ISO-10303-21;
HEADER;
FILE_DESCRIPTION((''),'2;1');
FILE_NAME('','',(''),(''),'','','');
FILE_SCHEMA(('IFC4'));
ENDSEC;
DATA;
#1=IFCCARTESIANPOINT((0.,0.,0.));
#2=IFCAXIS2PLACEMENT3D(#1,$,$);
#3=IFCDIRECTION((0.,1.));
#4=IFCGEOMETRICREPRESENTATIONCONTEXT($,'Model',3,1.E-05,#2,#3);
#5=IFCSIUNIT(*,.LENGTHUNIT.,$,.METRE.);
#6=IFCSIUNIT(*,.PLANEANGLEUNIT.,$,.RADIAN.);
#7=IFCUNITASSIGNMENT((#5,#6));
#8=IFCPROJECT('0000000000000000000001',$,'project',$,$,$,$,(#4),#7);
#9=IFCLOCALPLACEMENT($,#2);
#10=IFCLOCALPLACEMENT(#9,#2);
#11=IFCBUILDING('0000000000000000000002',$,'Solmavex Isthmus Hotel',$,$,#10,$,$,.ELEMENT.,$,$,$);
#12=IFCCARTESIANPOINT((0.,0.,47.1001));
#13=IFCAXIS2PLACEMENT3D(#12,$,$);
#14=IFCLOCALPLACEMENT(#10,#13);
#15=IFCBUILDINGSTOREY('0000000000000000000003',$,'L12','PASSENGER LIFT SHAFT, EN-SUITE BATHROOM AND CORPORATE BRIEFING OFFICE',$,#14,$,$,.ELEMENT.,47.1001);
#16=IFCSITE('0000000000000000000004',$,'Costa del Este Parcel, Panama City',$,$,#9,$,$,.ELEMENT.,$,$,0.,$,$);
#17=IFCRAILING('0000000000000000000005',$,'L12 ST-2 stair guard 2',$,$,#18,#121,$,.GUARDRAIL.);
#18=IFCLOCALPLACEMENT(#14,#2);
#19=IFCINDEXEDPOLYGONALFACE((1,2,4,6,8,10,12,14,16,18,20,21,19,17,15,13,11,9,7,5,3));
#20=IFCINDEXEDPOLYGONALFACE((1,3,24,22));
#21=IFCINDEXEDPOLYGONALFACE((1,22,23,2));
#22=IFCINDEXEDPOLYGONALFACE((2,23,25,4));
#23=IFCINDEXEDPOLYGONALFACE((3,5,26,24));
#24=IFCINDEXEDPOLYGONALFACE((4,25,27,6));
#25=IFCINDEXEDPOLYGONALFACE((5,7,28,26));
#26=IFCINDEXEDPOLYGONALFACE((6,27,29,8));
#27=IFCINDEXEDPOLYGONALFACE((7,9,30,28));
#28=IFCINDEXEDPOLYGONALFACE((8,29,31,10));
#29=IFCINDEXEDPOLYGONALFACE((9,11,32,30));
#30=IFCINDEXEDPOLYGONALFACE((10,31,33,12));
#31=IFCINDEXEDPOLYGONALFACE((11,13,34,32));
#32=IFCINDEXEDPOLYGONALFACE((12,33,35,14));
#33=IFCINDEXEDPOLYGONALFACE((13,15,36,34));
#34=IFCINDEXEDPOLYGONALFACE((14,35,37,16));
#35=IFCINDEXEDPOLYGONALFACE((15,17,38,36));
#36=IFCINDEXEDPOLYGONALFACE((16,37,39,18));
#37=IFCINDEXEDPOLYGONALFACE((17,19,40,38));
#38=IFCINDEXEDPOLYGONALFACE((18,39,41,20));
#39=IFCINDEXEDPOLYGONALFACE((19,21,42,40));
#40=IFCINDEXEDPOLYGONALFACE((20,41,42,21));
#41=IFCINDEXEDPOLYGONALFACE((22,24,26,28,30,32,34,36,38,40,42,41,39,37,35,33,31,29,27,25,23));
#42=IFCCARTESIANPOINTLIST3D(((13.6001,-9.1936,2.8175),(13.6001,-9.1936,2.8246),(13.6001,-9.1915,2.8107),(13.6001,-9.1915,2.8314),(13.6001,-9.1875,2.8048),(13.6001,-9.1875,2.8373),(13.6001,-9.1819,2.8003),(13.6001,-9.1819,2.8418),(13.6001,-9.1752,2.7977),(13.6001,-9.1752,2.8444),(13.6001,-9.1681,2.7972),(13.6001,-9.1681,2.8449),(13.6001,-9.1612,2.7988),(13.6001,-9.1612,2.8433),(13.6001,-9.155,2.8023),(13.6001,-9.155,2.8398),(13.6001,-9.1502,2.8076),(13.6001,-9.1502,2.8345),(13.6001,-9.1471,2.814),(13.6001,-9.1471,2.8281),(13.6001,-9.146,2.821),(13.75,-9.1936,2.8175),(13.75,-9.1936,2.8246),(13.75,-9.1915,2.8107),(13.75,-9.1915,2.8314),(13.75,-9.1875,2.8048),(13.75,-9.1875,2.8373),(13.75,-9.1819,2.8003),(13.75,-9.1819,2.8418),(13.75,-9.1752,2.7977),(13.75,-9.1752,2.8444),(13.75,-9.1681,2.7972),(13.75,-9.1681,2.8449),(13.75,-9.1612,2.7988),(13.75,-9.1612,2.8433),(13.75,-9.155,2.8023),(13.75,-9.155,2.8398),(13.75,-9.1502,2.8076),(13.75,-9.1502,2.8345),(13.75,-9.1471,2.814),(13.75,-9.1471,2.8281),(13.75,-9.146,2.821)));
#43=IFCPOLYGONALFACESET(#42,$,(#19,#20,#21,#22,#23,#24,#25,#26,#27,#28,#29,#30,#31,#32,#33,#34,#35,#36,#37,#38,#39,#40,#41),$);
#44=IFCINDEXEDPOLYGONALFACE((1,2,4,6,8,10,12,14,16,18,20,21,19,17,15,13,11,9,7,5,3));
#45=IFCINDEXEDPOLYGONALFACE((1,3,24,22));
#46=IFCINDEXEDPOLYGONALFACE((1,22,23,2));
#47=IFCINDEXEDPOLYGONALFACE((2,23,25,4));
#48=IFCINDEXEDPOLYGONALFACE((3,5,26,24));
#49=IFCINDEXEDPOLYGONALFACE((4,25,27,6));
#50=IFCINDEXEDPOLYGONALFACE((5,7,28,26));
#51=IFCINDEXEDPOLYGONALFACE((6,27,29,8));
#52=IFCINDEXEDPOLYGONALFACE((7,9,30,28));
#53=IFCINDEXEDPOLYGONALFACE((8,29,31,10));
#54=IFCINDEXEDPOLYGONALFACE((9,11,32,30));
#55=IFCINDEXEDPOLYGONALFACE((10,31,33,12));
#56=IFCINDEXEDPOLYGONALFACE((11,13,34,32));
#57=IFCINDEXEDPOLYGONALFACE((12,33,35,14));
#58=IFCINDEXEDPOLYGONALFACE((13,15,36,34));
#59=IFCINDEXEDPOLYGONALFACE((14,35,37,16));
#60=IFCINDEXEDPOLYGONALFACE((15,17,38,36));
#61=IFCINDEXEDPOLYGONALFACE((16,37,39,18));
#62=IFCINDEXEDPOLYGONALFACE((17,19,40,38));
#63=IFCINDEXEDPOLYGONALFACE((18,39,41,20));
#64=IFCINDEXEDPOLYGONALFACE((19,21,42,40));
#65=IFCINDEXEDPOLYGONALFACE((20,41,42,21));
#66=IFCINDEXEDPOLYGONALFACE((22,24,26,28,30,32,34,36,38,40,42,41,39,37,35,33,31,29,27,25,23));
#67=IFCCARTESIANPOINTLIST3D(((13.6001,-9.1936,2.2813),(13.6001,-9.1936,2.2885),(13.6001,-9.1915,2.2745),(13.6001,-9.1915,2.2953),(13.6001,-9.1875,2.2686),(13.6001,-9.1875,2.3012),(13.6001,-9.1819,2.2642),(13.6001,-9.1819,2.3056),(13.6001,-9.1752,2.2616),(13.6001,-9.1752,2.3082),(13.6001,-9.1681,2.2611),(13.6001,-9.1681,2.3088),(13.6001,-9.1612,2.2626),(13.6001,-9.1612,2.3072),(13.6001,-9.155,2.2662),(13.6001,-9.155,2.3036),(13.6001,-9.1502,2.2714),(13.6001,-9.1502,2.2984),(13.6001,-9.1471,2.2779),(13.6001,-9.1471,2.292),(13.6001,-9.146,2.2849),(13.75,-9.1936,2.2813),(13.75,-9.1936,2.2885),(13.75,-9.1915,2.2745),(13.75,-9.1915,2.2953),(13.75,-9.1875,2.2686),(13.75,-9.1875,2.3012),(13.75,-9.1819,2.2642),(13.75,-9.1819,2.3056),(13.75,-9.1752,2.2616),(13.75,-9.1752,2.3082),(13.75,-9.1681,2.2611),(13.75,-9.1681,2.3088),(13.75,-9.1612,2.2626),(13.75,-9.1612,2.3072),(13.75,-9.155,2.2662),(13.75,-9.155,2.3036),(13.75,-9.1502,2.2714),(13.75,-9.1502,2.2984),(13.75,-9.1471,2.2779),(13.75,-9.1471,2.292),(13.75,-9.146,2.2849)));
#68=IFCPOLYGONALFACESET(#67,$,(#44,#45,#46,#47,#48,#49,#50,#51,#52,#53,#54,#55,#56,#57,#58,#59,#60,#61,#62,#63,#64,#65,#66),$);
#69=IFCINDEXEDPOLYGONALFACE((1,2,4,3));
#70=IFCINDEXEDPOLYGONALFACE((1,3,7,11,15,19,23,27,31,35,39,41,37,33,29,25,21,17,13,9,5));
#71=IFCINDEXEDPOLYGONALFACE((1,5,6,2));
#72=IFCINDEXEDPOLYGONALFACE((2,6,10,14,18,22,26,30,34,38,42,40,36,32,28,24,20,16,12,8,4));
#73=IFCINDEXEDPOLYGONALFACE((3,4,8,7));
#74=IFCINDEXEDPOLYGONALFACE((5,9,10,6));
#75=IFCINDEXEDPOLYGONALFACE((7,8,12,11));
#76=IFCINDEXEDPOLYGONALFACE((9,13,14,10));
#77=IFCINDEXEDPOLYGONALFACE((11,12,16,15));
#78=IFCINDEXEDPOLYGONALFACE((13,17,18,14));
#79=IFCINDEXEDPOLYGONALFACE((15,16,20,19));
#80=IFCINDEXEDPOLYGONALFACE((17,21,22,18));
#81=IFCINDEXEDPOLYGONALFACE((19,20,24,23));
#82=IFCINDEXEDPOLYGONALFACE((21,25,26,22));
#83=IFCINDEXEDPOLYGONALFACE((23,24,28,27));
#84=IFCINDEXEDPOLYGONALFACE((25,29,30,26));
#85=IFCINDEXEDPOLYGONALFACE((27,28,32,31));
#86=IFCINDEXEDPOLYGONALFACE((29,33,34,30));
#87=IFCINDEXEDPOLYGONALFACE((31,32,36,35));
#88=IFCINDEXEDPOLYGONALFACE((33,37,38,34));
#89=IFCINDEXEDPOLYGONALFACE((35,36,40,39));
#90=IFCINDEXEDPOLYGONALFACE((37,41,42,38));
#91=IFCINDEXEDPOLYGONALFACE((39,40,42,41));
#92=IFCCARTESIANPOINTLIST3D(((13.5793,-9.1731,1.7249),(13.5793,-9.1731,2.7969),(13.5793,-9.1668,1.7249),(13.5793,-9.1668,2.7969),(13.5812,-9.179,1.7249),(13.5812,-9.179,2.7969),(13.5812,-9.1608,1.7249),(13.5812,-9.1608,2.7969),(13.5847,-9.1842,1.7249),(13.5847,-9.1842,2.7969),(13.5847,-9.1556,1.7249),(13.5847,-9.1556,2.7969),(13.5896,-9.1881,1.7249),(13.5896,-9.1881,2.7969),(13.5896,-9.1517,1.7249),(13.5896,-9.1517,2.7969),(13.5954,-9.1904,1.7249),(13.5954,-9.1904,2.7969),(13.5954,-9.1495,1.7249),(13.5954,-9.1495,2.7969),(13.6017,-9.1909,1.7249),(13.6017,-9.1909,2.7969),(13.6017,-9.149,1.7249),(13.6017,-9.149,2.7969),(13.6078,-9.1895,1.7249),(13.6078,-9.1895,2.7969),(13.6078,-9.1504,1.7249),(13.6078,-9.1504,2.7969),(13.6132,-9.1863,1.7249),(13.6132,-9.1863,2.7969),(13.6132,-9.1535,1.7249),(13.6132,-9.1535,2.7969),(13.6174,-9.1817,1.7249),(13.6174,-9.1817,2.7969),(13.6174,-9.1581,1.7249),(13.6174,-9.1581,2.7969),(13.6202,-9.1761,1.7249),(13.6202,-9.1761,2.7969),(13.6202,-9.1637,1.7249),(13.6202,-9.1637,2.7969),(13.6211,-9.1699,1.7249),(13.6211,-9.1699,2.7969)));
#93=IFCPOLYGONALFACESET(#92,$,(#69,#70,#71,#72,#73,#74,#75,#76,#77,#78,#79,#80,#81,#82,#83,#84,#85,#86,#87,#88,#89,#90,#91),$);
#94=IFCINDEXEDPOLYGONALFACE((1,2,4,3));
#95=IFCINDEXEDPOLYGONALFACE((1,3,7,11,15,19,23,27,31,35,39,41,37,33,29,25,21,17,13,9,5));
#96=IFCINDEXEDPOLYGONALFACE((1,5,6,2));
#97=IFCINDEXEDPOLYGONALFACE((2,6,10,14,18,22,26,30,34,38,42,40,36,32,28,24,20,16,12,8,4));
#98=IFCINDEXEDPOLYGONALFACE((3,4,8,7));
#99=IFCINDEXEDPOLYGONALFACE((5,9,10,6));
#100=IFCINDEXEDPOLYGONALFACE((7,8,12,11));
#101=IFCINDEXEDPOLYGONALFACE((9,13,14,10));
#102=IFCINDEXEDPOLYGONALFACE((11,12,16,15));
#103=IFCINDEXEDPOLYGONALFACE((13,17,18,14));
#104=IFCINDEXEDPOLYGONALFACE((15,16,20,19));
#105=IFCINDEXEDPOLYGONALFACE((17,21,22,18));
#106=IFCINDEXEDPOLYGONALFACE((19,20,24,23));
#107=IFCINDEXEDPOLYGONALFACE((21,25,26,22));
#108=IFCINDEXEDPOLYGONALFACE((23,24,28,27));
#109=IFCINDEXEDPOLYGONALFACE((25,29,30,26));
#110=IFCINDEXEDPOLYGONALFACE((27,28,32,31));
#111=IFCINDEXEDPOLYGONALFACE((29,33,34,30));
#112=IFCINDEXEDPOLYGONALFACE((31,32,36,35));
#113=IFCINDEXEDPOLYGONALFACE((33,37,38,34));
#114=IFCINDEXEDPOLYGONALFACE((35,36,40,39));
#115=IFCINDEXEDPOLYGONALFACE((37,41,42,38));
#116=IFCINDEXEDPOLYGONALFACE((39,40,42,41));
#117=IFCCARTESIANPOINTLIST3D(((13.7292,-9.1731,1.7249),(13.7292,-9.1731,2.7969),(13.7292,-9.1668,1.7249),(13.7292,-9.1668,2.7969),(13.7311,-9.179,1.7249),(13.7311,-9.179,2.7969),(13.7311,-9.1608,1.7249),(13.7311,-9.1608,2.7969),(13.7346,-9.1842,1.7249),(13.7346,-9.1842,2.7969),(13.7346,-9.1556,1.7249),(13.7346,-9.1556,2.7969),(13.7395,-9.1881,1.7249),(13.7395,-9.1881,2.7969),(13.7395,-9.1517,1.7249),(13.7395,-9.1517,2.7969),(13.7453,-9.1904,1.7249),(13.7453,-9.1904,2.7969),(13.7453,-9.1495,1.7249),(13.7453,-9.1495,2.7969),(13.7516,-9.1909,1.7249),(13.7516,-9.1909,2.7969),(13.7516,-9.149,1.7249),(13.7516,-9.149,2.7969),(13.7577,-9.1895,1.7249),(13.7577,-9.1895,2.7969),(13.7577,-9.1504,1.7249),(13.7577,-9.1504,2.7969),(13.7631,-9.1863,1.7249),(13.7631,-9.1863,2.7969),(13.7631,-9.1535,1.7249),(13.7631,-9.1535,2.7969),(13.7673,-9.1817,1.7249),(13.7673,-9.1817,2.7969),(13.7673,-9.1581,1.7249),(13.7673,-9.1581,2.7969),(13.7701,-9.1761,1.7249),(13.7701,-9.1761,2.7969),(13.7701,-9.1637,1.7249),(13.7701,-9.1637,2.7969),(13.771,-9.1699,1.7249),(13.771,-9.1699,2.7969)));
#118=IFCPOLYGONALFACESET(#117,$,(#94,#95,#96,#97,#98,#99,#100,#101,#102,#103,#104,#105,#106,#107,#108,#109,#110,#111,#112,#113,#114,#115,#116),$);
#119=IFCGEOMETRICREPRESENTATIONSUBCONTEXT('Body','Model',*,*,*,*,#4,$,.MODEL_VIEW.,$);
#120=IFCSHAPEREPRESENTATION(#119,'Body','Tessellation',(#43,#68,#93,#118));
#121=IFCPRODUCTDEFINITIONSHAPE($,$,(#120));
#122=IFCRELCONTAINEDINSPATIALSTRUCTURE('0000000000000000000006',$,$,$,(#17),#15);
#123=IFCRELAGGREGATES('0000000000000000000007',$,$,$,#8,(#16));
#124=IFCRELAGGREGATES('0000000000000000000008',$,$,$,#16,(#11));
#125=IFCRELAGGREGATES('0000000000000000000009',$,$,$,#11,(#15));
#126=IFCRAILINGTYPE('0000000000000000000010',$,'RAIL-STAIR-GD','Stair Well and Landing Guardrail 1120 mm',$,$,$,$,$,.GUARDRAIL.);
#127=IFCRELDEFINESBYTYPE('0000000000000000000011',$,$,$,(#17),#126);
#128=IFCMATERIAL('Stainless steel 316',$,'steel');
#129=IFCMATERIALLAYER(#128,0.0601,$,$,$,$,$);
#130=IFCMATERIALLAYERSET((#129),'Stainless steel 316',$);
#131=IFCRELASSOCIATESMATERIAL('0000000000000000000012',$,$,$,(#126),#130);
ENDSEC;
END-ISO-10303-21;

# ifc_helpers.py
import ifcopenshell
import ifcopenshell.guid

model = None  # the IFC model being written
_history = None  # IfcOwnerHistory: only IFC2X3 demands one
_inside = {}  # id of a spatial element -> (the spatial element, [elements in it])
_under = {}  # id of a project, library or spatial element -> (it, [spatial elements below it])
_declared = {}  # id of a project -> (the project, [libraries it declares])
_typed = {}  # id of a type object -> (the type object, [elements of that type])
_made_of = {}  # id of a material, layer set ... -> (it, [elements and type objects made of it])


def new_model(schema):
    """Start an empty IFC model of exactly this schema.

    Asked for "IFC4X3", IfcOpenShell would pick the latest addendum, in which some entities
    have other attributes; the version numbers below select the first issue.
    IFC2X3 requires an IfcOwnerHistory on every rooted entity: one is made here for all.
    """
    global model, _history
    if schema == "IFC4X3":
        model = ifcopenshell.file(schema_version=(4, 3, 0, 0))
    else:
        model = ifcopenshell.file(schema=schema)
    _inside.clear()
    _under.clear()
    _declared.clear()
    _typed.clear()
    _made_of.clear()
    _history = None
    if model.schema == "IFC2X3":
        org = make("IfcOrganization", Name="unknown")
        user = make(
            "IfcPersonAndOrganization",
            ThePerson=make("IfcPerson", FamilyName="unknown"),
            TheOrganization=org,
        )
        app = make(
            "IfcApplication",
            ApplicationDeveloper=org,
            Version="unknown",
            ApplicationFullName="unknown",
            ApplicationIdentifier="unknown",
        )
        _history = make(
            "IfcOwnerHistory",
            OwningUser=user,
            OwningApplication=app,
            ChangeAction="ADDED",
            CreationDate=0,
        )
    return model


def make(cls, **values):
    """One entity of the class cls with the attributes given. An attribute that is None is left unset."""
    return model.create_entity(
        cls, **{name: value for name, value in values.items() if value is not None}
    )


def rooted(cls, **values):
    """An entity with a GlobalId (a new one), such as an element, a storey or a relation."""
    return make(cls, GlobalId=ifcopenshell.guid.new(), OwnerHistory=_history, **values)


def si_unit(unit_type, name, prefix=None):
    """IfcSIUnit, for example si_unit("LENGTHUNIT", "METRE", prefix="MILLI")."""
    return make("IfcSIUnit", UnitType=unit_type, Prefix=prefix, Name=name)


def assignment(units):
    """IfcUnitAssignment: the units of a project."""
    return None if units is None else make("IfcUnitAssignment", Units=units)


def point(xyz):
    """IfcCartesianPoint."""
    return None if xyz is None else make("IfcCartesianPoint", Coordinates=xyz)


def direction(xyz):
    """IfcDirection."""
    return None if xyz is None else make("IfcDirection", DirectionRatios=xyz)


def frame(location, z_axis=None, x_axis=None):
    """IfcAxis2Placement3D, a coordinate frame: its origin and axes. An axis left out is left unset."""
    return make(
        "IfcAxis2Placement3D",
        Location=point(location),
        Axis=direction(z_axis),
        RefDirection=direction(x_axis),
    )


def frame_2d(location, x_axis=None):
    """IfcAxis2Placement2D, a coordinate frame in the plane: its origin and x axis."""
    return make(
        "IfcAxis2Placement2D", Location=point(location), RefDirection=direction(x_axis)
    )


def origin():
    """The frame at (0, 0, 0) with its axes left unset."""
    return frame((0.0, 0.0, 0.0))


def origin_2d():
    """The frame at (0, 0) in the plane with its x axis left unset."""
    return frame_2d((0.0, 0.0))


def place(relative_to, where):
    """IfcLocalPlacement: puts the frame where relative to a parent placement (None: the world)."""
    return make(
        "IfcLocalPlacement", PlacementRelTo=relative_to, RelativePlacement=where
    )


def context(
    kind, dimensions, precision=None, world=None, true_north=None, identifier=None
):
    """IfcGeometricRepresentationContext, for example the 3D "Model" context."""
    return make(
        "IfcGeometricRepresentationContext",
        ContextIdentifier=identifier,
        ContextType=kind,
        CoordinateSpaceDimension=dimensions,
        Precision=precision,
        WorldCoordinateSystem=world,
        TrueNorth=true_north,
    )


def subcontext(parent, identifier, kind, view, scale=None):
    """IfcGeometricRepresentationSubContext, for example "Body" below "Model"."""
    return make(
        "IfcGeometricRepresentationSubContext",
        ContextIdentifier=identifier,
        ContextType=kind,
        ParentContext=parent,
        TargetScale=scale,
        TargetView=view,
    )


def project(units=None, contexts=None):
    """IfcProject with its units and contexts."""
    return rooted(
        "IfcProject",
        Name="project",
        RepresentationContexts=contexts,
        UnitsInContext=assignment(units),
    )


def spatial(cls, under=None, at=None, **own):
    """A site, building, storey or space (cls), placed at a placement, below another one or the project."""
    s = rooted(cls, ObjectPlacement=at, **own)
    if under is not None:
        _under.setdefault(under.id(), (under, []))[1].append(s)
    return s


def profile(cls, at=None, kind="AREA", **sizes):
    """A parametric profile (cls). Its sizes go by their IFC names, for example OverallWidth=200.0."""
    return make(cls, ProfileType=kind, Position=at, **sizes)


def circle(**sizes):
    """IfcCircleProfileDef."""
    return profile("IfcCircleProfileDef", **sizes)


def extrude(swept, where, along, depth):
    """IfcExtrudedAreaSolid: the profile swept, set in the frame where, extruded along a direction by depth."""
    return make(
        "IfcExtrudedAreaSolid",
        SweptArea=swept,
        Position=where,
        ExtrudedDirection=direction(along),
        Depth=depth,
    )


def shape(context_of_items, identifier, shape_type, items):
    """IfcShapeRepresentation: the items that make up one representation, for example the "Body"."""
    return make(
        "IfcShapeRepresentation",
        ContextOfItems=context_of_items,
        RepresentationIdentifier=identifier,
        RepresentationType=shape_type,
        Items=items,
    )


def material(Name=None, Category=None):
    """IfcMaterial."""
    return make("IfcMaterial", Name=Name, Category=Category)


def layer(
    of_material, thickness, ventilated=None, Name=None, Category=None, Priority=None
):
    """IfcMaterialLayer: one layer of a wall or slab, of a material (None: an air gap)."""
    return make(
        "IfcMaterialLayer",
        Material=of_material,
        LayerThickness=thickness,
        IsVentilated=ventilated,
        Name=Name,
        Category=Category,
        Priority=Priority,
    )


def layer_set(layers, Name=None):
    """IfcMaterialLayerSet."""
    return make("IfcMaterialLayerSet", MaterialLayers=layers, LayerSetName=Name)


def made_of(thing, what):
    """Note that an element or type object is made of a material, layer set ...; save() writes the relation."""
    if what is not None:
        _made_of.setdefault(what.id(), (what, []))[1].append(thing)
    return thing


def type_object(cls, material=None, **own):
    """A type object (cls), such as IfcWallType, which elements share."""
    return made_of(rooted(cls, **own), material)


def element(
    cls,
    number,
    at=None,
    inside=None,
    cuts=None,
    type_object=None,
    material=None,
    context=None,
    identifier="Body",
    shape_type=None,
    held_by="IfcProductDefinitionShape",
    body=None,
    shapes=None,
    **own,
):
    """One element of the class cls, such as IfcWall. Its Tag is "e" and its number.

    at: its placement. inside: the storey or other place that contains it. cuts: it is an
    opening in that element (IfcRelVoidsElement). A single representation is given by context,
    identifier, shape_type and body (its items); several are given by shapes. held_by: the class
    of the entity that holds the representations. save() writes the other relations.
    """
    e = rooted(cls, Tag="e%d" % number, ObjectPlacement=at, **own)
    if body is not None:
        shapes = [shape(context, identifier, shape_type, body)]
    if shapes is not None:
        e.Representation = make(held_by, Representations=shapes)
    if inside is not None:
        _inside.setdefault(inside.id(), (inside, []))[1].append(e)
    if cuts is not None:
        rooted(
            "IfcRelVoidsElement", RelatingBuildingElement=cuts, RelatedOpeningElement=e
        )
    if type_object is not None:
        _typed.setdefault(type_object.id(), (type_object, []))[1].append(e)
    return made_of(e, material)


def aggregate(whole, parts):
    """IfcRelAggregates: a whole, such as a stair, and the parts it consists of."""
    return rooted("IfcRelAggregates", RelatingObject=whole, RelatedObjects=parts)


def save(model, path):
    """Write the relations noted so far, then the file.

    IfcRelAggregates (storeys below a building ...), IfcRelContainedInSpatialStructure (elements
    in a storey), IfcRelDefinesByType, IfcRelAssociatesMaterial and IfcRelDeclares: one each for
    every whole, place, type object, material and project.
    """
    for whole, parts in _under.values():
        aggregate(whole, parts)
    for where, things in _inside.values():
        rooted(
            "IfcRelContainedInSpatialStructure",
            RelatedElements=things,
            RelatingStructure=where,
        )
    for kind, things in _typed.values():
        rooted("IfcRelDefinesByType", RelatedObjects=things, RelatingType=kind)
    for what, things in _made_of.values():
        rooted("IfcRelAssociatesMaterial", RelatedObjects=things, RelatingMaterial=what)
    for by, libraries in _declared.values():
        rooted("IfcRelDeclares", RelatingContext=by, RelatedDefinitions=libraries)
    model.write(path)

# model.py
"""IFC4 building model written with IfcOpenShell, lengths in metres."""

from ifc_helpers import new_model, si_unit, direction, frame, origin, origin_2d, place, context, subcontext, project, spatial, circle, extrude, material, layer, layer_set, type_object, element, save


model = new_model("IFC4")

# Units and contexts
model_context = context("Model", 3, precision=1e-05, world=origin(), true_north=direction((0.0, 1.0)))
body_context = subcontext(model_context, "Body", "Model", "MODEL_VIEW")
ifc_project = project(units=[si_unit("LENGTHUNIT", "METRE"), si_unit("PLANEANGLEUNIT", "RADIAN")], contexts=[model_context])

# Site, building, storey
site_placement = place(None, origin())
site = spatial("IfcSite", under=ifc_project, at=site_placement, Name="Costa del Este Parcel, Panama City", CompositionType="ELEMENT", RefElevation=0.0)
building_placement = place(site_placement, origin())
building = spatial("IfcBuilding", under=site, at=building_placement, Name="Solmavex Isthmus Hotel", CompositionType="ELEMENT")
storey_placement = place(building_placement, frame((0.0, 0.0, 47.1001)))
storey = spatial("IfcBuildingStorey", under=building, at=storey_placement, Name="L12", Description="PASSENGER LIFT SHAFT, EN-SUITE BATHROOM AND CORPORATE BRIEFING OFFICE", CompositionType="ELEMENT", Elevation=47.1001)

# Railing
ifc_material_1 = material(Name="Stainless steel 316", Category="steel")
ifc_layer_1 = layer(ifc_material_1, 0.0601)
ifc_layer_set_1 = layer_set([ifc_layer_1], Name="Stainless steel 316")
railing_type_1 = type_object("IfcRailingType", Name="RAIL-STAIR-GD", Description="Stair Well and Landing Guardrail 1120 mm", PredefinedType="GUARDRAIL", material=ifc_layer_set_1)
railing_1_placement = place(storey_placement, frame((13.6001, -9.1699, 1.7249)))
element("IfcRailing", 1, at=railing_1_placement, inside=storey, type_object=railing_type_1, Name="L12 ST-2 stair guard 2", PredefinedType="GUARDRAIL", context=body_context, shape_type="SweptSolid", body=[
    extrude(circle(Radius=0.0239, at=origin_2d()), frame((0.0, 0.0, 1.0962), z_axis=(1.0, 0.0, 0.0), x_axis=(0.0, 1.0, 0.0)), (0.0, 0.0, 1.0), 0.1499),
    extrude(circle(Radius=0.0239, at=origin_2d()), frame((0.0, 0.0, 0.5601), z_axis=(1.0, 0.0, 0.0), x_axis=(0.0, 1.0, 0.0)), (0.0, 0.0, 1.0), 0.1499),
    extrude(circle(Radius=0.021, at=origin_2d()), origin(), (0.0, 0.0, 1.0), 1.072),
    extrude(circle(Radius=0.021, at=origin_2d()), frame((0.1499, 0.0, 0.0)), (0.0, 0.0, 1.0), 1.072),
])

save(model, "model.ifc")
